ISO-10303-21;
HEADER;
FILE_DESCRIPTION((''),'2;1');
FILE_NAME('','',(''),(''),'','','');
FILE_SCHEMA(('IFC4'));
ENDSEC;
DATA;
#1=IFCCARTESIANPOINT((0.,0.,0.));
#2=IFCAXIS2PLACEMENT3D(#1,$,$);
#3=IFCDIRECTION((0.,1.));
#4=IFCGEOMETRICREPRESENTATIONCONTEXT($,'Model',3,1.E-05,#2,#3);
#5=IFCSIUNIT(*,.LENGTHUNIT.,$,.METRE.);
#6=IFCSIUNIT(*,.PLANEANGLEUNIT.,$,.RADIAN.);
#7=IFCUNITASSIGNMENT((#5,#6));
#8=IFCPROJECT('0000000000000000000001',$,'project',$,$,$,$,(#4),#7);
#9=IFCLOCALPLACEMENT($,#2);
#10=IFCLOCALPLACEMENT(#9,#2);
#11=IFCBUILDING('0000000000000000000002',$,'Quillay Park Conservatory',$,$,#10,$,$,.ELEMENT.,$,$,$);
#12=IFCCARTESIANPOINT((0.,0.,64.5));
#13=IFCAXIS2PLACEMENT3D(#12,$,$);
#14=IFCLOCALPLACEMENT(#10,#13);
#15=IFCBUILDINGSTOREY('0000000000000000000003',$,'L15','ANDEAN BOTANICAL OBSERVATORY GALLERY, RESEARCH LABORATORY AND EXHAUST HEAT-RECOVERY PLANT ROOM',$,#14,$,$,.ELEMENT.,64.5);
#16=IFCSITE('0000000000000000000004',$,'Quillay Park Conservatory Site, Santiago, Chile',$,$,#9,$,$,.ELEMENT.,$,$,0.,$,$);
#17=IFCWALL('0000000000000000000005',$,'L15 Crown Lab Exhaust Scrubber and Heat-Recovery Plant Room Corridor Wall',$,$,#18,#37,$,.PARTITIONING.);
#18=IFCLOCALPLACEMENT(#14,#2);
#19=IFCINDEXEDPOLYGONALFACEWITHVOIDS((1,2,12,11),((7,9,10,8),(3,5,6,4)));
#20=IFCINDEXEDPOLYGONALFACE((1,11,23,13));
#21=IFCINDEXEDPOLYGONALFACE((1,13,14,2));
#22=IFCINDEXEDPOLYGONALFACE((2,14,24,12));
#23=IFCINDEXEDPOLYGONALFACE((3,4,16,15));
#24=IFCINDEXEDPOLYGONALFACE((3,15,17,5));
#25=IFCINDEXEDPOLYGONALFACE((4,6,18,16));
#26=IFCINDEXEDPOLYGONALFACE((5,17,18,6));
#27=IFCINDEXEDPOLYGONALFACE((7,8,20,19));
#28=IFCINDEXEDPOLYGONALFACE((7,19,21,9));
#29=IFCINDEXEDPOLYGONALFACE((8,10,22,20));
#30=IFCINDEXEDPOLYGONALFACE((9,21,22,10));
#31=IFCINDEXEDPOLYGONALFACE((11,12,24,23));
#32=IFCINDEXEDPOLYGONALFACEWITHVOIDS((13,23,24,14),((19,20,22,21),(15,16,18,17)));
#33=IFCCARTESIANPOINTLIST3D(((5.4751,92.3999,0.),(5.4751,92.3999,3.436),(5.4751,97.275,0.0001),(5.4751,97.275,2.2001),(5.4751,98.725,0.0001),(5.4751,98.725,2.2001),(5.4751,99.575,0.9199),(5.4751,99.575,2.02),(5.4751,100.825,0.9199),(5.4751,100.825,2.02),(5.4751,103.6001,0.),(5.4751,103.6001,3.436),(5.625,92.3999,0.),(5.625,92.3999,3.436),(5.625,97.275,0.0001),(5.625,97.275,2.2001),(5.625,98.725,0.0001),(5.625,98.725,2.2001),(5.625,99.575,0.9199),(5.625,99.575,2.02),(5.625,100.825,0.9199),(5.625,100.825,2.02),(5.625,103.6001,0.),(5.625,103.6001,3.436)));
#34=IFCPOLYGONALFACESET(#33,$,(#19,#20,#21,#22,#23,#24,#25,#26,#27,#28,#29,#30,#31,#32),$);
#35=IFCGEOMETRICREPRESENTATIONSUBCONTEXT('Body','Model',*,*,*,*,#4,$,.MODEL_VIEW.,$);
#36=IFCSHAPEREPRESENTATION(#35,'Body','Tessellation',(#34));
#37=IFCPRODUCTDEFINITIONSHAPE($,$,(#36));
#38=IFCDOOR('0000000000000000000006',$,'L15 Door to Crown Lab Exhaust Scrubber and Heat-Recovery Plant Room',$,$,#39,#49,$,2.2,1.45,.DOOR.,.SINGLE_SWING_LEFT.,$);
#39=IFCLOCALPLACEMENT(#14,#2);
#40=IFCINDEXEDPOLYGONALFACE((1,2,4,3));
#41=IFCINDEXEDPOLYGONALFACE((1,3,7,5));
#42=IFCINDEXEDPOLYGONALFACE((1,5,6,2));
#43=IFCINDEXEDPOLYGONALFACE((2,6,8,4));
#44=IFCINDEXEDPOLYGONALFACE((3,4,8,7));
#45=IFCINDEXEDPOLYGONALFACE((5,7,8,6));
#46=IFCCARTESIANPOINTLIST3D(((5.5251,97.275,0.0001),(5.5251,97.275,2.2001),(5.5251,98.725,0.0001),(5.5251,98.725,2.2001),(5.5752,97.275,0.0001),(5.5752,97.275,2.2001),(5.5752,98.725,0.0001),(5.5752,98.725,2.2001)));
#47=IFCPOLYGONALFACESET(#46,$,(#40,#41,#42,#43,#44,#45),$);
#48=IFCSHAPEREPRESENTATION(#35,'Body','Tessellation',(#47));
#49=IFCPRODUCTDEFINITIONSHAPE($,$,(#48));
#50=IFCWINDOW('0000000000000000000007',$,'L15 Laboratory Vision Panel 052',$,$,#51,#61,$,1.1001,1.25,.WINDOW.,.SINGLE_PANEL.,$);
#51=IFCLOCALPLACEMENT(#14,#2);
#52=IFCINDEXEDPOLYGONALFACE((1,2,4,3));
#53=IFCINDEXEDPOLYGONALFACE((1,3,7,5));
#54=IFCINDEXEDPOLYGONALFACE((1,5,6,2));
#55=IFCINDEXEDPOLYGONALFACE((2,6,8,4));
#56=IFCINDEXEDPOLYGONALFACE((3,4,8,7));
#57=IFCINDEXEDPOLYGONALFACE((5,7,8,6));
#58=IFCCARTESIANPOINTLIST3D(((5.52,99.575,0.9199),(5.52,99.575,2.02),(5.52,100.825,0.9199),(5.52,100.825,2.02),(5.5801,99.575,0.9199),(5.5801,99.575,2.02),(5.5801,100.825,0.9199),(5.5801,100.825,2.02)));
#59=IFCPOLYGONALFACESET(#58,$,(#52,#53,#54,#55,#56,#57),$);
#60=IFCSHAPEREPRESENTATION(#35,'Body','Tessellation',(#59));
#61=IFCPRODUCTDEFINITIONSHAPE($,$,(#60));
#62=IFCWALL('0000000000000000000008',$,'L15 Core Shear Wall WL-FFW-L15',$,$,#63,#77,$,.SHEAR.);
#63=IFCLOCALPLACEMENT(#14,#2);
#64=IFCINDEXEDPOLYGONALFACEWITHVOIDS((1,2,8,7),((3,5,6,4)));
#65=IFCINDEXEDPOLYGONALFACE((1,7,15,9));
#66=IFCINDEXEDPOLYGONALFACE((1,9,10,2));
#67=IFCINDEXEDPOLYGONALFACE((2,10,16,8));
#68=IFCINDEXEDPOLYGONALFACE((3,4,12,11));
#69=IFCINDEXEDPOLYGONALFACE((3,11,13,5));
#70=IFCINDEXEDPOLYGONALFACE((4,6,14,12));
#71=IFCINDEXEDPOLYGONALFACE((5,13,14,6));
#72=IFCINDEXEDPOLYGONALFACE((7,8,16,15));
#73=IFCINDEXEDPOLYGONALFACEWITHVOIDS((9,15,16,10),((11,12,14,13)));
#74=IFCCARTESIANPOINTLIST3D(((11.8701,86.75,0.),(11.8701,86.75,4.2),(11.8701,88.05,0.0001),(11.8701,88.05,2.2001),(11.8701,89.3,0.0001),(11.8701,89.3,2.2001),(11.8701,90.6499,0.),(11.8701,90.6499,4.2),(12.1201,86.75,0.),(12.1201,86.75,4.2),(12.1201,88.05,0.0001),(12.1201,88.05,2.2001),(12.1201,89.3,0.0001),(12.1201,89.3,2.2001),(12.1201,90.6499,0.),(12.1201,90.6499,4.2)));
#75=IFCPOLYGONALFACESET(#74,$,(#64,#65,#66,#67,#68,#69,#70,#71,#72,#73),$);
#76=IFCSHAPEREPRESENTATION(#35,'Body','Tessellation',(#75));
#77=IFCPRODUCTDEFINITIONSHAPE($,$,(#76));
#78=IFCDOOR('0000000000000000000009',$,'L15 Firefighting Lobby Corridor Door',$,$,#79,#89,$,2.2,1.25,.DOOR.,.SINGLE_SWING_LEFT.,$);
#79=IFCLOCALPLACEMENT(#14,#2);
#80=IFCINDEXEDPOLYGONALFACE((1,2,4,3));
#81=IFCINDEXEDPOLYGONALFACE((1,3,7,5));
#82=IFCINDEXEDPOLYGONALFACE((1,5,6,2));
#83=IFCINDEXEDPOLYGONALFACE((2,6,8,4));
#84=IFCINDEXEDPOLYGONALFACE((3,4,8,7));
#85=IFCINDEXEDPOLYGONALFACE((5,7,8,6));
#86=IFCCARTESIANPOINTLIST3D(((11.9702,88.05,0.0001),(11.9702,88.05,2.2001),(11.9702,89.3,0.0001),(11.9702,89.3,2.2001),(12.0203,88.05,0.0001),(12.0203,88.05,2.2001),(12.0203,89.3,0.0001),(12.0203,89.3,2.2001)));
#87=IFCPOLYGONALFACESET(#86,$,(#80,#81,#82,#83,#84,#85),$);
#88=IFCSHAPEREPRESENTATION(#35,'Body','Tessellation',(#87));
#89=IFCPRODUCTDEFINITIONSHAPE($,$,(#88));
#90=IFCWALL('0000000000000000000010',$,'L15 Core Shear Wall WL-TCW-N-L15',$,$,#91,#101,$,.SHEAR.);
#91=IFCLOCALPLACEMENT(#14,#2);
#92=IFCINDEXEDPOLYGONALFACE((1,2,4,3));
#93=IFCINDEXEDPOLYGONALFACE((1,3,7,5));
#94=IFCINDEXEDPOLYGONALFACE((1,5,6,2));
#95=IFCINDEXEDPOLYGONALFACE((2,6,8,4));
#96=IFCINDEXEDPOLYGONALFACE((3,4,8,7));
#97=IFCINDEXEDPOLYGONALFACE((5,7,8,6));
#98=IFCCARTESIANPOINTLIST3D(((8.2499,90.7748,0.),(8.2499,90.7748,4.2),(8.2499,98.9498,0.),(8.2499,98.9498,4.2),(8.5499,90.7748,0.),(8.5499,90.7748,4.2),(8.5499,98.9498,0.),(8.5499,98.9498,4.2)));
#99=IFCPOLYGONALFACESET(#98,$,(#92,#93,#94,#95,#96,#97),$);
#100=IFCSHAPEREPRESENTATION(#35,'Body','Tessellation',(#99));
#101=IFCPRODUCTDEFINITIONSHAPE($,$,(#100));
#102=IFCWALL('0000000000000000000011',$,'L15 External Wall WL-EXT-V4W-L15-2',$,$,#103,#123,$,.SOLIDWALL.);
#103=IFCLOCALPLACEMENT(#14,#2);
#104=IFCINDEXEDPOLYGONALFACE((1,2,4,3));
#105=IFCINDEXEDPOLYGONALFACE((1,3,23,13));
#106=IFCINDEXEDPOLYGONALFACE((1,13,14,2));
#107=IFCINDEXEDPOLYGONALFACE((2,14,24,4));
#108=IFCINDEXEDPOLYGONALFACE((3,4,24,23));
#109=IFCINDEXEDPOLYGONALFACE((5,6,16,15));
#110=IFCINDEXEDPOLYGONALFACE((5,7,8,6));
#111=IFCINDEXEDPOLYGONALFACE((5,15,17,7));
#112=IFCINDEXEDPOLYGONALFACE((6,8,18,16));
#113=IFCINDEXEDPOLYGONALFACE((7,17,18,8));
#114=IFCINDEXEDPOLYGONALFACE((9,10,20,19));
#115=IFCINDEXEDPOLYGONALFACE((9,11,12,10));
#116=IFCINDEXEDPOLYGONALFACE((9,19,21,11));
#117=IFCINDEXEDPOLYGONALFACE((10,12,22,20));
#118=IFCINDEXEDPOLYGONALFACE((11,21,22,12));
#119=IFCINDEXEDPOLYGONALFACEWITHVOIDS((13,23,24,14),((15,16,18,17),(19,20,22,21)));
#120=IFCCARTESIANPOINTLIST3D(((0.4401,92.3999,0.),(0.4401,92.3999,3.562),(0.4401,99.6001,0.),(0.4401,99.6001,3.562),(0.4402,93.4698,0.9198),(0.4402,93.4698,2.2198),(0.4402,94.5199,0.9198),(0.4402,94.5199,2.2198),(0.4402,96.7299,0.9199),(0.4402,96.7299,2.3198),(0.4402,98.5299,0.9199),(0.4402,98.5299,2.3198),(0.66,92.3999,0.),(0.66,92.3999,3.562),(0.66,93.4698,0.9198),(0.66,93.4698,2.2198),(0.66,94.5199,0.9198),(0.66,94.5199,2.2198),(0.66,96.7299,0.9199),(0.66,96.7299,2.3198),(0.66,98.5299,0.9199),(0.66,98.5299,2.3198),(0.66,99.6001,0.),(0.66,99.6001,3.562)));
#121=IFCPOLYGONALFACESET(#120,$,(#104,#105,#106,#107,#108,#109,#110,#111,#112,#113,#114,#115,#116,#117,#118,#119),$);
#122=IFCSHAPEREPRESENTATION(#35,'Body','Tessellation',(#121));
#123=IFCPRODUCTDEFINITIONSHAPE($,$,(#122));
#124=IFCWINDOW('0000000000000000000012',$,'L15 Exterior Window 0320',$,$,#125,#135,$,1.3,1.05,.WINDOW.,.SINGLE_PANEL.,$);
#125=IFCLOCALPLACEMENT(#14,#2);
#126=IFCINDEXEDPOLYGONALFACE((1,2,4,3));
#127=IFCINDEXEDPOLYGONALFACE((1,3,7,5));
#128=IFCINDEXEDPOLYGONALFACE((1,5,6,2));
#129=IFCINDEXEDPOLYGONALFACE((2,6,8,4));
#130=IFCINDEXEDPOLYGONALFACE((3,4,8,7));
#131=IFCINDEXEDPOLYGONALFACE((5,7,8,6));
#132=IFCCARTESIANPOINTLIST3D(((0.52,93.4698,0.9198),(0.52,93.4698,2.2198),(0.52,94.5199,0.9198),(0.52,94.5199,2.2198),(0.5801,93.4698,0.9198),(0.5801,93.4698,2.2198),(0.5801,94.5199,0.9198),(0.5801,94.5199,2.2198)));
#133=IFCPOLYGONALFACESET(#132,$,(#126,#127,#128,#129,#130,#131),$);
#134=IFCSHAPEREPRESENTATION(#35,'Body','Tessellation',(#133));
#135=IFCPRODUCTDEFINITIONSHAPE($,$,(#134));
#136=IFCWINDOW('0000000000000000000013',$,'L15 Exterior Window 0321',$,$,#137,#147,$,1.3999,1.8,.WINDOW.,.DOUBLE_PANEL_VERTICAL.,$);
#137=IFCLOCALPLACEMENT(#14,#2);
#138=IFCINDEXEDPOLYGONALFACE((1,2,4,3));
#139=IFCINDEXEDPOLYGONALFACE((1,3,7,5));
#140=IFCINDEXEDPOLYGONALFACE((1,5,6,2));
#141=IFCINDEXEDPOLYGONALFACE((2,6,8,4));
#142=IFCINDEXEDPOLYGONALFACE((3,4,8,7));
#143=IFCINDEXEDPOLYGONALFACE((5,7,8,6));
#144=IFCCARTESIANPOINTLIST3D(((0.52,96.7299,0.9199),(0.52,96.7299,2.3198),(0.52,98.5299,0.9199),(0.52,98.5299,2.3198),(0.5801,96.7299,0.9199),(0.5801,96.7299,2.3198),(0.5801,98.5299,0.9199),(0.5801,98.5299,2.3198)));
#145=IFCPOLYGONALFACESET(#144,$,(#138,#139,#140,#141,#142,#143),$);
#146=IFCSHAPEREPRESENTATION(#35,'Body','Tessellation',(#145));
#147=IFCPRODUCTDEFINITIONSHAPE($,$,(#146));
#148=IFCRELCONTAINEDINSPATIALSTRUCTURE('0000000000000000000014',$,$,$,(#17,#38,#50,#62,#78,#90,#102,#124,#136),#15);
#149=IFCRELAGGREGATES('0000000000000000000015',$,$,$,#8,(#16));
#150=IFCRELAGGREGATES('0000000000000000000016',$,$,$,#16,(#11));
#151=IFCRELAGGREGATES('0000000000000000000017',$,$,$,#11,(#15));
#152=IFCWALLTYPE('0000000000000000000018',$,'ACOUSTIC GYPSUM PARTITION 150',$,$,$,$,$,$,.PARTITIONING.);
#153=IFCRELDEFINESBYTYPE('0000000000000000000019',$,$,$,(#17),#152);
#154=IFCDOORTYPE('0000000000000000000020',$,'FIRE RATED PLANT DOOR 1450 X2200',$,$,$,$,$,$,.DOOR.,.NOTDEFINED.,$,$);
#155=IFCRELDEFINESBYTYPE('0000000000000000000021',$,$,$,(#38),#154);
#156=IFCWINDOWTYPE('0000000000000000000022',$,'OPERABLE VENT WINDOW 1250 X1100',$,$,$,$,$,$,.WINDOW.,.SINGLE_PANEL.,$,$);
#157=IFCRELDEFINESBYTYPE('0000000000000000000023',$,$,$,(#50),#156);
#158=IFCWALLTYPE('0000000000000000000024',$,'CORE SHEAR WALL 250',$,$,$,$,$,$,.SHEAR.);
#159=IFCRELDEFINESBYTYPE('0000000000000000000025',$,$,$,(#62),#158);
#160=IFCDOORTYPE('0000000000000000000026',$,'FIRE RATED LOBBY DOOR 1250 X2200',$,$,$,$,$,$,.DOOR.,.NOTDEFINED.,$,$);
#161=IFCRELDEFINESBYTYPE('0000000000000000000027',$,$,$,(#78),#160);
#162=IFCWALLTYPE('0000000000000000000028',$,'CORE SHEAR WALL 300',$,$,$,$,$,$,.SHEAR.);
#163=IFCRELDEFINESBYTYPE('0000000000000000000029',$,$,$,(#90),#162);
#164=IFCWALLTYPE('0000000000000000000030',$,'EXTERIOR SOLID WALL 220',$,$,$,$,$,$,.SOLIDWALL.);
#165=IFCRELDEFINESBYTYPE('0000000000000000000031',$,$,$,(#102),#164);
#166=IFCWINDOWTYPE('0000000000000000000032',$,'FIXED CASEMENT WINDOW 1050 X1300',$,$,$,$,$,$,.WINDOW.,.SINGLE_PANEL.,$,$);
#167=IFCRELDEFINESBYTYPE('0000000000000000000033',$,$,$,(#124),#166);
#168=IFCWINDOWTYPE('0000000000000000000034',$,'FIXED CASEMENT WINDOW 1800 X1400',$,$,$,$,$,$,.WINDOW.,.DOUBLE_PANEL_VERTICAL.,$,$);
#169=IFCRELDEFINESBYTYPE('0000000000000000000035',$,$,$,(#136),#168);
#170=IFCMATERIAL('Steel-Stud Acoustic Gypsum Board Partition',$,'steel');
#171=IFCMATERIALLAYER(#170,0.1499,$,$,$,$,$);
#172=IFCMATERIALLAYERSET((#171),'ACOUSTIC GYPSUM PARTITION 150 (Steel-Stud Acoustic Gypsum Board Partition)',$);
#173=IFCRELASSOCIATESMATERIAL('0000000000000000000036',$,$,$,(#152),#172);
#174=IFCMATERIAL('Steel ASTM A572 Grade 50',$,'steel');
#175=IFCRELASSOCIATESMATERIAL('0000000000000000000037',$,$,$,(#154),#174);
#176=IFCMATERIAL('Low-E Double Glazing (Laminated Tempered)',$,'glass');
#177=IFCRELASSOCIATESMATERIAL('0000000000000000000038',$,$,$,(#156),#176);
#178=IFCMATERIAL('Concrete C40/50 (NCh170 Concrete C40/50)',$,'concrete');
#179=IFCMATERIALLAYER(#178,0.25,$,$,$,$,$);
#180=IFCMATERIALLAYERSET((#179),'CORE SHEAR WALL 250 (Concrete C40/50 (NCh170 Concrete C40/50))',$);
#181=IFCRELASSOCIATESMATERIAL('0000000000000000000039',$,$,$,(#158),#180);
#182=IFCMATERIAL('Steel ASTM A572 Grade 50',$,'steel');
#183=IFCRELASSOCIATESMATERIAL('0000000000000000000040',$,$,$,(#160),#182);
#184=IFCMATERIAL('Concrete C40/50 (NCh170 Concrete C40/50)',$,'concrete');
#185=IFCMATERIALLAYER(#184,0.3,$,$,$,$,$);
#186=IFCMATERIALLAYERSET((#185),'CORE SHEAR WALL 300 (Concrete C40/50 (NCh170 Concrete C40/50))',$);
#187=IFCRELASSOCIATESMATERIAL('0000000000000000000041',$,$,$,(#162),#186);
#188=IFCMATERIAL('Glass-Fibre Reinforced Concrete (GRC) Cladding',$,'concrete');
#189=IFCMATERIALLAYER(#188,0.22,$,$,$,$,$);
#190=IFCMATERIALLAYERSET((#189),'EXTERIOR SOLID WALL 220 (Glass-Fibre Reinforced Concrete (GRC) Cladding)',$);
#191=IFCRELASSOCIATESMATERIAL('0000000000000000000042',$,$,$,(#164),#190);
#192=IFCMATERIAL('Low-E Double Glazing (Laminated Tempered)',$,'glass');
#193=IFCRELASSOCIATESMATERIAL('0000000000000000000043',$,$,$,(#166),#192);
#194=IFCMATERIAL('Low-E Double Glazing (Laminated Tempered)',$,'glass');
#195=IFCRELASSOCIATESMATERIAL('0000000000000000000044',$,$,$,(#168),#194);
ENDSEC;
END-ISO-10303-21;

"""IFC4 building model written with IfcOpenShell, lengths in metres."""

from ifc_helpers import new_model, si_unit, direction, frame, frame_2d, origin, place, context, subcontext, project, spatial, rectangle, extrude, material, layer, layer_set, type_object, element, fill, save


model = new_model("IFC4")

# Units and contexts
model_context = context("Model", 3, precision=1e-05, world=origin(), true_north=direction((0.0, 1.0)))
body_context = subcontext(model_context, "Body", "Model", "MODEL_VIEW")
ifc_project = project(units=[si_unit("LENGTHUNIT", "METRE"), si_unit("PLANEANGLEUNIT", "RADIAN")], contexts=[model_context])

# Site, building, storey
site_placement = place(None, origin())
site = spatial("IfcSite", under=ifc_project, at=site_placement, Name="Quillay Park Conservatory Site, Santiago, Chile", CompositionType="ELEMENT", RefElevation=0.0)
building_placement = place(site_placement, origin())
building = spatial("IfcBuilding", under=site, at=building_placement, Name="Quillay Park Conservatory", CompositionType="ELEMENT")
storey_placement = place(building_placement, frame((0.0, 0.0, 64.5)))
storey = spatial("IfcBuildingStorey", under=building, at=storey_placement, Name="L15", Description="ANDEAN BOTANICAL OBSERVATORY GALLERY, RESEARCH LABORATORY AND EXHAUST HEAT-RECOVERY PLANT ROOM", CompositionType="ELEMENT", Elevation=64.5)

# Wall, openings, door, window
ifc_material_1 = material(Name="Steel-Stud Acoustic Gypsum Board Partition", Category="steel")
ifc_layer_1 = layer(ifc_material_1, 0.1499)
ifc_layer_set_1 = layer_set([ifc_layer_1], Name="ACOUSTIC GYPSUM PARTITION 150 (Steel-Stud Acoustic Gypsum Board Partition)")
wall_type_1 = type_object("IfcWallType", Name="ACOUSTIC GYPSUM PARTITION 150", PredefinedType="PARTITIONING", material=ifc_layer_set_1)
wall_1_placement = place(storey_placement, frame((5.55, 92.3999, 0.0), z_axis=(0.0, 0.0, 1.0), x_axis=(0.0, 1.0, 0.0)))
wall_1 = element("IfcWall", 1, at=wall_1_placement, inside=storey, type_object=wall_type_1, Name="L15 Crown Lab Exhaust Scrubber and Heat-Recovery Plant Room Corridor Wall", PredefinedType="PARTITIONING", context=body_context, shape_type="SweptSolid", body=[
    extrude(rectangle(XDim=11.2002, YDim=0.1499, at=frame_2d((5.6001, 0.0))), origin(), (0.0, 0.0, 1.0), 3.436),
])
opening_1_placement = place(wall_1_placement, frame((4.875, 0.0, 0.0)))
opening_1 = element("IfcOpeningElement", 2, at=opening_1_placement, cuts=wall_1, PredefinedType="OPENING", context=body_context, shape_type="SweptSolid", body=[
    extrude(rectangle(XDim=1.45, YDim=2.2, at=frame_2d((0.7251, 1.1001))), frame((0.0, 0.075, 0.0), z_axis=(0.0, -1.0, 0.0), x_axis=(1.0, 0.0, 0.0)), (0.0, 0.0, 1.0), 0.1499),
])
opening_2_placement = place(wall_1_placement, frame((7.175, 0.0, 0.9199)))
opening_2 = element("IfcOpeningElement", 3, at=opening_2_placement, cuts=wall_1, PredefinedType="OPENING", context=body_context, shape_type="SweptSolid", body=[
    extrude(rectangle(XDim=1.25, YDim=1.1001, at=frame_2d((0.625, 0.55))), frame((0.0, 0.075, 0.0), z_axis=(0.0, -1.0, 0.0), x_axis=(1.0, 0.0, 0.0)), (0.0, 0.0, 1.0), 0.1499),
])
ifc_material_2 = material(Name="Steel ASTM A572 Grade 50", Category="steel")
door_type_1 = type_object("IfcDoorType", Name="FIRE RATED PLANT DOOR 1450 X2200", OperationType="NOTDEFINED", PredefinedType="DOOR", material=ifc_material_2)
door_1_placement = place(opening_1_placement, origin())
door_1 = element("IfcDoor", 4, at=door_1_placement, inside=storey, type_object=door_type_1, Name="L15 Door to Crown Lab Exhaust Scrubber and Heat-Recovery Plant Room", OperationType="SINGLE_SWING_LEFT", OverallHeight=2.2, OverallWidth=1.45, PredefinedType="DOOR", context=body_context, shape_type="SweptSolid", body=[
    extrude(rectangle(XDim=1.45, YDim=2.2, at=frame_2d((0.7251, 1.1001))), frame((0.0, 0.0249, 0.0), z_axis=(0.0, -1.0, 0.0), x_axis=(1.0, 0.0, 0.0)), (0.0, 0.0, 1.0), 0.05),
])
fill(opening_1, door_1)
ifc_material_3 = material(Name="Low-E Double Glazing (Laminated Tempered)", Category="glass")
window_type_1 = type_object("IfcWindowType", Name="OPERABLE VENT WINDOW 1250 X1100", PartitioningType="SINGLE_PANEL", PredefinedType="WINDOW", material=ifc_material_3)
window_1_placement = place(opening_2_placement, origin())
window_1 = element("IfcWindow", 5, at=window_1_placement, inside=storey, type_object=window_type_1, Name="L15 Laboratory Vision Panel 052", OverallHeight=1.1001, OverallWidth=1.25, PartitioningType="SINGLE_PANEL", PredefinedType="WINDOW", context=body_context, shape_type="SweptSolid", body=[
    extrude(rectangle(XDim=1.25, YDim=1.1001, at=frame_2d((0.625, 0.55))), frame((0.0, 0.03, 0.0), z_axis=(0.0, -1.0, 0.0), x_axis=(1.0, 0.0, 0.0)), (0.0, 0.0, 1.0), 0.0601),
])
fill(opening_2, window_1)

# Wall, opening, door
ifc_material_4 = material(Name="Concrete C40/50 (NCh170 Concrete C40/50)", Category="concrete")
ifc_layer_2 = layer(ifc_material_4, 0.25)
ifc_layer_set_2 = layer_set([ifc_layer_2], Name="CORE SHEAR WALL 250 (Concrete C40/50 (NCh170 Concrete C40/50))")
wall_type_2 = type_object("IfcWallType", Name="CORE SHEAR WALL 250", PredefinedType="SHEAR", material=ifc_layer_set_2)
wall_2_placement = place(storey_placement, frame((11.9951, 86.75, 0.0), z_axis=(0.0, 0.0, 1.0), x_axis=(0.0, 1.0, 0.0)))
wall_2 = element("IfcWall", 6, at=wall_2_placement, inside=storey, type_object=wall_type_2, Name="L15 Core Shear Wall WL-FFW-L15", PredefinedType="SHEAR", context=body_context, shape_type="SweptSolid", body=[
    extrude(rectangle(XDim=3.8999, YDim=0.25, at=frame_2d((1.95, 0.0))), origin(), (0.0, 0.0, 1.0), 4.2),
])
opening_3_placement = place(wall_2_placement, frame((1.3, 0.0, 0.0)))
opening_3 = element("IfcOpeningElement", 7, at=opening_3_placement, cuts=wall_2, PredefinedType="OPENING", context=body_context, shape_type="SweptSolid", body=[
    extrude(rectangle(XDim=1.25, YDim=2.2, at=frame_2d((0.625, 1.1001))), frame((0.0, 0.125, 0.0), z_axis=(0.0, -1.0, 0.0), x_axis=(1.0, 0.0, 0.0)), (0.0, 0.0, 1.0), 0.25),
])
ifc_material_5 = material(Name="Steel ASTM A572 Grade 50", Category="steel")
door_type_2 = type_object("IfcDoorType", Name="FIRE RATED LOBBY DOOR 1250 X2200", OperationType="NOTDEFINED", PredefinedType="DOOR", material=ifc_material_5)
door_2_placement = place(opening_3_placement, origin())
door_2 = element("IfcDoor", 8, at=door_2_placement, inside=storey, type_object=door_type_2, Name="L15 Firefighting Lobby Corridor Door", OperationType="SINGLE_SWING_LEFT", OverallHeight=2.2, OverallWidth=1.25, PredefinedType="DOOR", context=body_context, shape_type="SweptSolid", body=[
    extrude(rectangle(XDim=1.25, YDim=2.2, at=frame_2d((0.625, 1.1001))), frame((0.0, 0.0249, 0.0), z_axis=(0.0, -1.0, 0.0), x_axis=(1.0, 0.0, 0.0)), (0.0, 0.0, 1.0), 0.05),
])
fill(opening_3, door_2)

# Wall
ifc_material_6 = material(Name="Concrete C40/50 (NCh170 Concrete C40/50)", Category="concrete")
ifc_layer_3 = layer(ifc_material_6, 0.3)
ifc_layer_set_3 = layer_set([ifc_layer_3], Name="CORE SHEAR WALL 300 (Concrete C40/50 (NCh170 Concrete C40/50))")
wall_type_3 = type_object("IfcWallType", Name="CORE SHEAR WALL 300", PredefinedType="SHEAR", material=ifc_layer_set_3)
wall_3_placement = place(storey_placement, frame((8.3999, 90.7749, 0.0), z_axis=(0.0, 0.0, 1.0), x_axis=(0.0, 1.0, 0.0)))
element("IfcWall", 9, at=wall_3_placement, inside=storey, type_object=wall_type_3, Name="L15 Core Shear Wall WL-TCW-N-L15", PredefinedType="SHEAR", context=body_context, shape_type="SweptSolid", body=[
    extrude(rectangle(XDim=8.175, YDim=0.3, at=frame_2d((4.0874, 0.0))), origin(), (0.0, 0.0, 1.0), 4.2),
])

# Wall, openings, windows
ifc_material_7 = material(Name="Glass-Fibre Reinforced Concrete (GRC) Cladding", Category="concrete")
ifc_layer_4 = layer(ifc_material_7, 0.22)
ifc_layer_set_4 = layer_set([ifc_layer_4], Name="EXTERIOR SOLID WALL 220 (Glass-Fibre Reinforced Concrete (GRC) Cladding)")
wall_type_4 = type_object("IfcWallType", Name="EXTERIOR SOLID WALL 220", PredefinedType="SOLIDWALL", material=ifc_layer_set_4)
wall_4_placement = place(storey_placement, frame((0.55, 92.3999, 0.0), z_axis=(0.0, 0.0, 1.0), x_axis=(0.0, 1.0, 0.0)))
wall_4 = element("IfcWall", 10, at=wall_4_placement, inside=storey, type_object=wall_type_4, Name="L15 External Wall WL-EXT-V4W-L15-2", PredefinedType="SOLIDWALL", context=body_context, shape_type="SweptSolid", body=[
    extrude(rectangle(XDim=7.2002, YDim=0.22, at=frame_2d((3.6001, 0.0))), origin(), (0.0, 0.0, 1.0), 3.562),
])
opening_4_placement = place(wall_4_placement, frame((1.0701, 0.0, 0.9199)))
opening_4 = element("IfcOpeningElement", 11, at=opening_4_placement, cuts=wall_4, PredefinedType="OPENING", context=body_context, shape_type="SweptSolid", body=[
    extrude(rectangle(XDim=1.05, YDim=1.3, at=frame_2d((0.5249, 0.6499))), frame((0.0, 0.1099, 0.0), z_axis=(0.0, -1.0, 0.0), x_axis=(1.0, 0.0, 0.0)), (0.0, 0.0, 1.0), 0.22),
])
opening_5_placement = place(wall_4_placement, frame((4.3301, 0.0, 0.9199)))
opening_5 = element("IfcOpeningElement", 12, at=opening_5_placement, cuts=wall_4, PredefinedType="OPENING", context=body_context, shape_type="SweptSolid", body=[
    extrude(rectangle(XDim=1.8, YDim=1.3999, at=frame_2d((0.8999, 0.7))), frame((0.0, 0.1099, 0.0), z_axis=(0.0, -1.0, 0.0), x_axis=(1.0, 0.0, 0.0)), (0.0, 0.0, 1.0), 0.22),
])
ifc_material_8 = material(Name="Low-E Double Glazing (Laminated Tempered)", Category="glass")
window_type_2 = type_object("IfcWindowType", Name="FIXED CASEMENT WINDOW 1050 X1300", PartitioningType="SINGLE_PANEL", PredefinedType="WINDOW", material=ifc_material_8)
window_2_placement = place(opening_4_placement, origin())
window_2 = element("IfcWindow", 13, at=window_2_placement, inside=storey, type_object=window_type_2, Name="L15 Exterior Window 0320", OverallHeight=1.3, OverallWidth=1.05, PartitioningType="SINGLE_PANEL", PredefinedType="WINDOW", context=body_context, shape_type="SweptSolid", body=[
    extrude(rectangle(XDim=1.05, YDim=1.3, at=frame_2d((0.5249, 0.6499))), frame((0.0, 0.03, 0.0), z_axis=(0.0, -1.0, 0.0), x_axis=(1.0, 0.0, 0.0)), (0.0, 0.0, 1.0), 0.0601),
])
fill(opening_4, window_2)
ifc_material_9 = material(Name="Low-E Double Glazing (Laminated Tempered)", Category="glass")
window_type_3 = type_object("IfcWindowType", Name="FIXED CASEMENT WINDOW 1800 X1400", PartitioningType="DOUBLE_PANEL_VERTICAL", PredefinedType="WINDOW", material=ifc_material_9)
window_3_placement = place(opening_5_placement, origin())
window_3 = element("IfcWindow", 14, at=window_3_placement, inside=storey, type_object=window_type_3, Name="L15 Exterior Window 0321", OverallHeight=1.3999, OverallWidth=1.8, PartitioningType="DOUBLE_PANEL_VERTICAL", PredefinedType="WINDOW", context=body_context, shape_type="SweptSolid", body=[
    extrude(rectangle(XDim=1.8, YDim=1.3999, at=frame_2d((0.8999, 0.7))), frame((0.0, 0.03, 0.0), z_axis=(0.0, -1.0, 0.0), x_axis=(1.0, 0.0, 0.0)), (0.0, 0.0, 1.0), 0.0601),
])
fill(opening_5, window_3)

save(model, "model.ifc")
